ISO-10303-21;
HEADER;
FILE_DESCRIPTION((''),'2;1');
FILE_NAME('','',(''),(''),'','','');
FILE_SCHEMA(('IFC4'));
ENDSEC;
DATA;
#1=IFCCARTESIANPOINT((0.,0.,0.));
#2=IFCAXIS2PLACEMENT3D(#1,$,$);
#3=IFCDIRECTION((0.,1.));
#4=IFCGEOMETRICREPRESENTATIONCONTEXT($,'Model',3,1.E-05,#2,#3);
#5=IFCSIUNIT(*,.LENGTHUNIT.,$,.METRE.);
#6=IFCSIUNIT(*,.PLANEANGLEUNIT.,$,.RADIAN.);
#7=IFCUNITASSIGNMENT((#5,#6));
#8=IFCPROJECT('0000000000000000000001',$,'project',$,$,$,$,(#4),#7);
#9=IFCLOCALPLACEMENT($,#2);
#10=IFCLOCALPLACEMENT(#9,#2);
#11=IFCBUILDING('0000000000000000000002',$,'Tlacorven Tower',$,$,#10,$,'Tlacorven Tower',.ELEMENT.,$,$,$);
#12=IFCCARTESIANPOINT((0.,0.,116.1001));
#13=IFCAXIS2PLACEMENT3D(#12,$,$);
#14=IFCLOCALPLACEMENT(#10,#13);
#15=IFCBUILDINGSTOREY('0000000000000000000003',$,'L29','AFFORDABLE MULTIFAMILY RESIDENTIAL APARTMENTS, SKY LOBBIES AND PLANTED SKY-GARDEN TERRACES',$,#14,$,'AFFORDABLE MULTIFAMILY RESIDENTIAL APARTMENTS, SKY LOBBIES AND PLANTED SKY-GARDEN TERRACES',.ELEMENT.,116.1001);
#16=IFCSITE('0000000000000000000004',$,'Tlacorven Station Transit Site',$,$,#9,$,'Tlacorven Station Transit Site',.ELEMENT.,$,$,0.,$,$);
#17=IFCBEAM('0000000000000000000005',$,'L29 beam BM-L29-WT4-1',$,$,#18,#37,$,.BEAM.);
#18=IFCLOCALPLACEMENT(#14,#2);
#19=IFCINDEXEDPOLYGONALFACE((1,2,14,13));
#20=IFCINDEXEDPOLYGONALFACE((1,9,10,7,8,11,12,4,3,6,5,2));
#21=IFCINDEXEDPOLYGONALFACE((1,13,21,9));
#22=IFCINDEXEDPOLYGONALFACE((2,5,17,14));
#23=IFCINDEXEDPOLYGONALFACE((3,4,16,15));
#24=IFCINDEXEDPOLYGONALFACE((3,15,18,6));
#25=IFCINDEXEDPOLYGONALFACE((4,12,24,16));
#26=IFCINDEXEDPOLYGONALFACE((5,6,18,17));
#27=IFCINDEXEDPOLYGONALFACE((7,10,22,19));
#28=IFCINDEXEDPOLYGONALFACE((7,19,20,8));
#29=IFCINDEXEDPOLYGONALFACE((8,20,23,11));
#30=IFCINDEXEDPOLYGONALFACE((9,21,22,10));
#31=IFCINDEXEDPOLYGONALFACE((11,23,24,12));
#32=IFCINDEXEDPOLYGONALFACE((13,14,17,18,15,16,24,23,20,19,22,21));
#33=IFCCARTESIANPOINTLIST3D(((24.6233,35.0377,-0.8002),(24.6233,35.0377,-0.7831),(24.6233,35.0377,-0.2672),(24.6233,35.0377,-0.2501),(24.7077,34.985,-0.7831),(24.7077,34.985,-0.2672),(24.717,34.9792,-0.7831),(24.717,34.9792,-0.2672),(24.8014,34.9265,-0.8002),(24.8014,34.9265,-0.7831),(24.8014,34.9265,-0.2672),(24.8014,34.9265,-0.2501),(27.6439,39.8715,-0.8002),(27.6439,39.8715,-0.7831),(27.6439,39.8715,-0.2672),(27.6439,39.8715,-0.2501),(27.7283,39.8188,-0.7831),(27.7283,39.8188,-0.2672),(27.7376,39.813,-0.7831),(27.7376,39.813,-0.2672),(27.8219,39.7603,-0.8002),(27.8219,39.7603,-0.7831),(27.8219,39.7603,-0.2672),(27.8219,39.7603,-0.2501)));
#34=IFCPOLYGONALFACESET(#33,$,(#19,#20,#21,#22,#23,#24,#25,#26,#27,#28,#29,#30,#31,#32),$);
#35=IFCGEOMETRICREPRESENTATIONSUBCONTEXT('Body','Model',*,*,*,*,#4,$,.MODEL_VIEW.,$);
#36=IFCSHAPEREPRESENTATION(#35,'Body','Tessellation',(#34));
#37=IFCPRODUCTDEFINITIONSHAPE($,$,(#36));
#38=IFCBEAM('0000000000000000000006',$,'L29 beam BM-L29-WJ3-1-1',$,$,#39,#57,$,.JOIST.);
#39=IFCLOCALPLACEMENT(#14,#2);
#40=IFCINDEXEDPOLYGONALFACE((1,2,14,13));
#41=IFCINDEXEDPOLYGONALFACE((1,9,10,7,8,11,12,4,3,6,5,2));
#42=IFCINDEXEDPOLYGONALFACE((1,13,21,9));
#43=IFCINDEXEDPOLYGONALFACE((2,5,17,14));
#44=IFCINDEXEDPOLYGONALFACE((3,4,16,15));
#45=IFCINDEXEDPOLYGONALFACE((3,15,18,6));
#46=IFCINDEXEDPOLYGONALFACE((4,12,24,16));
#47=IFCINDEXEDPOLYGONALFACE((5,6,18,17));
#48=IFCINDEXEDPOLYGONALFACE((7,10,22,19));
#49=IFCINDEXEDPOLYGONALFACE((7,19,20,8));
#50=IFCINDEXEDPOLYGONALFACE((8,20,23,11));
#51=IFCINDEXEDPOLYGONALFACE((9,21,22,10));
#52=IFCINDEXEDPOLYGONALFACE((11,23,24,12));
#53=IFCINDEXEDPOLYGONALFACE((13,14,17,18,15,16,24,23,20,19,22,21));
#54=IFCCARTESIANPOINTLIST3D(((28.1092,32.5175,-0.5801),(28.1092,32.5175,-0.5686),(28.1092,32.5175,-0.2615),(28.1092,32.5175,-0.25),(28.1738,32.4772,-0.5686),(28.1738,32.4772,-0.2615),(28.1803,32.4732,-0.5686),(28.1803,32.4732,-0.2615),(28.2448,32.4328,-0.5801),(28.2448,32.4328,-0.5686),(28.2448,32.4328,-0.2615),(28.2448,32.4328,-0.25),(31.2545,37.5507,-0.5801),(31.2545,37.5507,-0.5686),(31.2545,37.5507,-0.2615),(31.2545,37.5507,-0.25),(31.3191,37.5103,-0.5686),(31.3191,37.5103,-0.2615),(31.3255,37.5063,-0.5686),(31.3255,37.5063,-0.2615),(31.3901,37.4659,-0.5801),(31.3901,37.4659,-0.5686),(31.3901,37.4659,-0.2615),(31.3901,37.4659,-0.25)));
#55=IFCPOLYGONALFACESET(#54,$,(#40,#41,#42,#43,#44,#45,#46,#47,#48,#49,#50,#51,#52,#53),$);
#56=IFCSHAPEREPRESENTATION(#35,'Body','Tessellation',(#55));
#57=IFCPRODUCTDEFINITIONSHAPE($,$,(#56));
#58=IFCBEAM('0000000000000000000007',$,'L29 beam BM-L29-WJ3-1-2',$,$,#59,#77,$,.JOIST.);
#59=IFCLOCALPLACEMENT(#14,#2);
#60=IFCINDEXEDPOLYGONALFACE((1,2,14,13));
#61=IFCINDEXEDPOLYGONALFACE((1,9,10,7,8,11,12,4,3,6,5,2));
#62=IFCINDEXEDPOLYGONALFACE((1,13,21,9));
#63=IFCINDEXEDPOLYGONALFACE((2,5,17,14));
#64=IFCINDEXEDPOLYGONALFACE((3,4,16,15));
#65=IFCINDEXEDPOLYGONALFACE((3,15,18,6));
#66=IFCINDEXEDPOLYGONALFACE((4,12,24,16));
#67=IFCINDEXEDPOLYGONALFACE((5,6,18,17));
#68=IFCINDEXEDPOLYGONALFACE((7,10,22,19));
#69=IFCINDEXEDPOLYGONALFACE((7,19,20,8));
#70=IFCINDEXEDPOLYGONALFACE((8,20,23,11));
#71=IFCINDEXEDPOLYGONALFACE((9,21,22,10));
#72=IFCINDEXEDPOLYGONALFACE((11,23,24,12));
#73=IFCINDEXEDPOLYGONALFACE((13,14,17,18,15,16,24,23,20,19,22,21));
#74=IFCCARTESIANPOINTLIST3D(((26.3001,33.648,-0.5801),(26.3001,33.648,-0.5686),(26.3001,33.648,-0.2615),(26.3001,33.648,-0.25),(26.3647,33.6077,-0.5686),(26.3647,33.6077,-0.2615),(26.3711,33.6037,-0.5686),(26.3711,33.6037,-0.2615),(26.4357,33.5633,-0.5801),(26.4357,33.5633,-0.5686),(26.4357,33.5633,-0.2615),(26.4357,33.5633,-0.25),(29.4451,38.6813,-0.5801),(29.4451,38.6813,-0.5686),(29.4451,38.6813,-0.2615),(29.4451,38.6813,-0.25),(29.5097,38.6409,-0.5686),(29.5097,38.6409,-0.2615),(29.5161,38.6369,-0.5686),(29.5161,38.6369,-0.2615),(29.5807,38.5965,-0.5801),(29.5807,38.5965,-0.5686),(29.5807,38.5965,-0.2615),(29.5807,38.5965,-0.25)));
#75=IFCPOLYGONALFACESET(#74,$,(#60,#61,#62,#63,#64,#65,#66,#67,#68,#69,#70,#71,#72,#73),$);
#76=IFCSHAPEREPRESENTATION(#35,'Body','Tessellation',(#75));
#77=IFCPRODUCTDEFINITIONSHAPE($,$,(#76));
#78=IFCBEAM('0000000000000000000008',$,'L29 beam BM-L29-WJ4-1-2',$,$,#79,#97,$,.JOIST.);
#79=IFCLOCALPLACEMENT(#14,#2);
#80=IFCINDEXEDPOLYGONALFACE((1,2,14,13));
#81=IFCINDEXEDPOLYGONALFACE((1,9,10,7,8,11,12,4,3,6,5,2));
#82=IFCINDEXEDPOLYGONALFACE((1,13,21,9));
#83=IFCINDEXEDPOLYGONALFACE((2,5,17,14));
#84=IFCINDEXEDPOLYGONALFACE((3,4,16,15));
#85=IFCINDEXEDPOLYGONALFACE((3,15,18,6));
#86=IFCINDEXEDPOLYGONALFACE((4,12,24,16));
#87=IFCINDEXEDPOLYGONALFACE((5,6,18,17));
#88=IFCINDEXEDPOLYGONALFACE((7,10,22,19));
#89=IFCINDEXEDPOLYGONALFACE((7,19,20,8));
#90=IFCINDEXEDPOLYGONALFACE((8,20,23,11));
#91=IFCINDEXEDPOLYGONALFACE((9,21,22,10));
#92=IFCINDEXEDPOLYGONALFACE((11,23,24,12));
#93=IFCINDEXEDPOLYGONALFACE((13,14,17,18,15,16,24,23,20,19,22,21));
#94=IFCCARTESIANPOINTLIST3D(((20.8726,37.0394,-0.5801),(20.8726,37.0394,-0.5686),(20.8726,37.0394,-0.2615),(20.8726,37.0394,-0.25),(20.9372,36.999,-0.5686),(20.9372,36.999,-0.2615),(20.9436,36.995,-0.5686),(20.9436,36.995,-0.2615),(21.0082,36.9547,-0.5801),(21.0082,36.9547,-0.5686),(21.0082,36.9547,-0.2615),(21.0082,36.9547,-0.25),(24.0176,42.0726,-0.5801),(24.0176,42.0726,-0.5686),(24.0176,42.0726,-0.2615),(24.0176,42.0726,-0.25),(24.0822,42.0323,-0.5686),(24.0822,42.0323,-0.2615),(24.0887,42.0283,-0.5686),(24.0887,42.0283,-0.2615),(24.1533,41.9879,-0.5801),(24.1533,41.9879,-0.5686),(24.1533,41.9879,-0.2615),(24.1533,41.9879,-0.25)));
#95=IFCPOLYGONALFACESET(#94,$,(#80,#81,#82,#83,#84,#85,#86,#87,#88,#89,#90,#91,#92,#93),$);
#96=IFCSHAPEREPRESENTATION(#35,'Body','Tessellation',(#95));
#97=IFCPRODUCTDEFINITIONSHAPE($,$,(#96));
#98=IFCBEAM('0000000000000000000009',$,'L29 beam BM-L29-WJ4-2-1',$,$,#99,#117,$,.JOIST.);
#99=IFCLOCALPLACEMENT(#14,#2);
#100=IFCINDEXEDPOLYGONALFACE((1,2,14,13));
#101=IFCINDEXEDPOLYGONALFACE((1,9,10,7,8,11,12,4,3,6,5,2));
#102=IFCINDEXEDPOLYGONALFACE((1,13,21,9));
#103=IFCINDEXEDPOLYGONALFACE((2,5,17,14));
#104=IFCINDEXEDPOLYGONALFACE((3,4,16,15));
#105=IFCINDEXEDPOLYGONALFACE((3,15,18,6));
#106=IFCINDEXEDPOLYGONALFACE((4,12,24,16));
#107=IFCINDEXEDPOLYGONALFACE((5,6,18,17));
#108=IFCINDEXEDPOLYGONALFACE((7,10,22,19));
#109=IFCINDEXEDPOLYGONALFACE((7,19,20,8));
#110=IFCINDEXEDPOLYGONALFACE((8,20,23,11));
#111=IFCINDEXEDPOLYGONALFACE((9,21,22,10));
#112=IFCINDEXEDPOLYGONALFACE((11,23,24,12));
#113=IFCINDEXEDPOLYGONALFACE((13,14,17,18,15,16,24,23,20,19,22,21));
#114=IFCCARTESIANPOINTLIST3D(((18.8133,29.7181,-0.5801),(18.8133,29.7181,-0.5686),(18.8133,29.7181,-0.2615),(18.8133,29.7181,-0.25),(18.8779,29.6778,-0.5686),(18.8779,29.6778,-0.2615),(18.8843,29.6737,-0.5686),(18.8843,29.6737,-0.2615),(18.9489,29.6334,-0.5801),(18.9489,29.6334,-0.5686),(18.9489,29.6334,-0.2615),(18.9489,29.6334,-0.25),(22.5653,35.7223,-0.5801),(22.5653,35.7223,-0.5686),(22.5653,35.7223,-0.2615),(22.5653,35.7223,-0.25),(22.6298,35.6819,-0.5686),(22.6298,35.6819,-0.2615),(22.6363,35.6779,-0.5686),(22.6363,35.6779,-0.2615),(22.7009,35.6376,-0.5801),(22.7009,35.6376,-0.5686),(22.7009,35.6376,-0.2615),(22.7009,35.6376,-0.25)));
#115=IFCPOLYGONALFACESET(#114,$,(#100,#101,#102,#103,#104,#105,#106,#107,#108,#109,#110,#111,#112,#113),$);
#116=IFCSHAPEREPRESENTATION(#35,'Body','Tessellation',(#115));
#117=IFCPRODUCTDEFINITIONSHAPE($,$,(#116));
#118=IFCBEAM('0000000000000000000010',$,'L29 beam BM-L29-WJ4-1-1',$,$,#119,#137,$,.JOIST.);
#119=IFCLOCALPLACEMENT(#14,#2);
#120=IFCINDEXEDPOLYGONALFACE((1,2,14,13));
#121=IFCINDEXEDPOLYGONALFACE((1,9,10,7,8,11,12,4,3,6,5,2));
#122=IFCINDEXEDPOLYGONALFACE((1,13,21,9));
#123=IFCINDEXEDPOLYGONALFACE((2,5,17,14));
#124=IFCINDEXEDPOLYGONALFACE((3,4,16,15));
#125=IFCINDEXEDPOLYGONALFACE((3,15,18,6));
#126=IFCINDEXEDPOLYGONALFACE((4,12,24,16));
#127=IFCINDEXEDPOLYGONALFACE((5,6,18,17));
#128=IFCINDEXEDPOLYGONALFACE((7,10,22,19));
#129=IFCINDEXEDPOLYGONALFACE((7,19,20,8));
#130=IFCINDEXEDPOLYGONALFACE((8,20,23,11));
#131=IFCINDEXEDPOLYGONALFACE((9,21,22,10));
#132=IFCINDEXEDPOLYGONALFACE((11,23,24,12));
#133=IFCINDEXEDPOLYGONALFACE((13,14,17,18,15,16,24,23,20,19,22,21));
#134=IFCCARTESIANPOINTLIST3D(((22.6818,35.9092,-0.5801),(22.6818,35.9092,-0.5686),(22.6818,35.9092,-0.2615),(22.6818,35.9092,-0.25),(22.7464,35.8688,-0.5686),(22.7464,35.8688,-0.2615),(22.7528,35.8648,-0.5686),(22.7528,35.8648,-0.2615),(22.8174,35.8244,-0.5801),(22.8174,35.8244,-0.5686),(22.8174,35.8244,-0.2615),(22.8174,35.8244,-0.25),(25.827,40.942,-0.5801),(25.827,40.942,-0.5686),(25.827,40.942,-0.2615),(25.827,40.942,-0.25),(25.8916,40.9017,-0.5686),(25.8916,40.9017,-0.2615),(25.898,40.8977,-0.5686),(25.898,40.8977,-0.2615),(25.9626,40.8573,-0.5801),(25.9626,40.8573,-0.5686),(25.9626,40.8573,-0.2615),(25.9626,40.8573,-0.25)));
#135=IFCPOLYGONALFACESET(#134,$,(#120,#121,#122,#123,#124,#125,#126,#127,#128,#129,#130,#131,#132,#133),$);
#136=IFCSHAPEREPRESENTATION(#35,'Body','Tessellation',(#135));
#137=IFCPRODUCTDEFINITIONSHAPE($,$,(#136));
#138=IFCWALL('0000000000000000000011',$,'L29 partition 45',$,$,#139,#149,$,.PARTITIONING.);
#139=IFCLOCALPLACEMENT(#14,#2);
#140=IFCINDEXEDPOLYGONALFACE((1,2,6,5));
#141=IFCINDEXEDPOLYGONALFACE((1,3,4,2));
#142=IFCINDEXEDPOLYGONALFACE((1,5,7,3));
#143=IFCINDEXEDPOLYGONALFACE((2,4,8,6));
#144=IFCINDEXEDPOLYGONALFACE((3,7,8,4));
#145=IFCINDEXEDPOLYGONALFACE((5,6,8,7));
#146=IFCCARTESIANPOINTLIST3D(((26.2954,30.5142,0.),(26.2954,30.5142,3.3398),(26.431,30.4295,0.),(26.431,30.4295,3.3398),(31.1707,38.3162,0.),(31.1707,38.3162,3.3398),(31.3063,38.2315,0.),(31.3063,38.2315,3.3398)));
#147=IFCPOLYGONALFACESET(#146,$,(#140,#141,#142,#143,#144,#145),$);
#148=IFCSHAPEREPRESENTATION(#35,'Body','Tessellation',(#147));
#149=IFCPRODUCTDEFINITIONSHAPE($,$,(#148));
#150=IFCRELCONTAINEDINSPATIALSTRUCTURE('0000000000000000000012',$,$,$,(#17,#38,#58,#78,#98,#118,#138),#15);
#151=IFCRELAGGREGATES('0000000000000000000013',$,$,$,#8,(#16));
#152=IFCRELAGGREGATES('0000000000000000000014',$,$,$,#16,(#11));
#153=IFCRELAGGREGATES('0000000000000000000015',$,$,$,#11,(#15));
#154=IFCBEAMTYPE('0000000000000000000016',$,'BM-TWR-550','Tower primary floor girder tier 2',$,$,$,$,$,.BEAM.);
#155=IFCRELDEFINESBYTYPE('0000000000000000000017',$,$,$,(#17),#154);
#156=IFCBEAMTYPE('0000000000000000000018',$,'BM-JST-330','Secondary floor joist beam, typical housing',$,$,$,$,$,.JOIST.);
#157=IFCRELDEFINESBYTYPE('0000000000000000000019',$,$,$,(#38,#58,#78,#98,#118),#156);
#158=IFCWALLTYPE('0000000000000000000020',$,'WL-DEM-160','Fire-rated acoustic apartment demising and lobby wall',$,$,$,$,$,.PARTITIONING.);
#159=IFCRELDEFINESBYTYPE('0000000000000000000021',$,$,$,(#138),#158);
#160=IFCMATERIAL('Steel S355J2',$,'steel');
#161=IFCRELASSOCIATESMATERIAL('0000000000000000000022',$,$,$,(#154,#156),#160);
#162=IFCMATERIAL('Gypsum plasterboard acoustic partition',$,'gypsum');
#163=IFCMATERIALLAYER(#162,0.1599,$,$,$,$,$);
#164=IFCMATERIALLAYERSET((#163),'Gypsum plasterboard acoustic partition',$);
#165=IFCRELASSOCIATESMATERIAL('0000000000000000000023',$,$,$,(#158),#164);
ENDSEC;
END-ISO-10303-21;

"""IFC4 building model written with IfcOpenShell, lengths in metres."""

from ifc_helpers import new_model, si_unit, direction, frame, frame_2d, origin, origin_2d, place, context, subcontext, project, spatial, rectangle, i_section, extrude, source, transform, mapped, material, layer, layer_set, material_profile, profile_set, type_object, element, save


model = new_model("IFC4")

# Units and contexts
model_context = context("Model", 3, precision=1e-05, world=origin(), true_north=direction((0.0, 1.0)))
body_context = subcontext(model_context, "Body", "Model", "MODEL_VIEW")
ifc_project = project(units=[si_unit("LENGTHUNIT", "METRE"), si_unit("PLANEANGLEUNIT", "RADIAN")], contexts=[model_context])

# Site, building, storey
site_placement = place(None, origin())
site = spatial("IfcSite", under=ifc_project, at=site_placement, Name="Tlacorven Station Transit Site", LongName="Tlacorven Station Transit Site", CompositionType="ELEMENT", RefElevation=0.0)
building_placement = place(site_placement, origin())
building = spatial("IfcBuilding", under=site, at=building_placement, Name="Tlacorven Tower", LongName="Tlacorven Tower", CompositionType="ELEMENT")
storey_placement = place(building_placement, frame((0.0, 0.0, 116.1001)))
storey = spatial("IfcBuildingStorey", under=building, at=storey_placement, Name="L29", Description="AFFORDABLE MULTIFAMILY RESIDENTIAL APARTMENTS, SKY LOBBIES AND PLANTED SKY-GARDEN TERRACES", LongName="AFFORDABLE MULTIFAMILY RESIDENTIAL APARTMENTS, SKY LOBBIES AND PLANTED SKY-GARDEN TERRACES", CompositionType="ELEMENT", Elevation=116.1001)

# Beams
ifc_material_1 = material(Name="Steel S355J2", Category="steel")
ifc_material_profile_1 = material_profile(ifc_material_1, i_section(OverallWidth=0.21, OverallDepth=0.55, WebThickness=0.011, FlangeThickness=0.0171, at=origin_2d()), Name="IPE 550")
ifc_profile_set_1 = profile_set([ifc_material_profile_1], Name="Steel S355J2")
beam_type_1 = type_object("IfcBeamType", Name="BM-TWR-550", Description="Tower primary floor girder tier 2", PredefinedType="BEAM", material=ifc_profile_set_1)
shared_shape_1 = source(origin(), body_context, "Body", "SweptSolid", [
    extrude(i_section(OverallWidth=0.21, OverallDepth=0.55, WebThickness=0.011, FlangeThickness=0.0171, at=origin_2d()), origin(), (0.0, 0.0, 1.0), 5.7),
])
beam_1_placement = place(storey_placement, frame((27.7329, 39.8159, -0.5251), z_axis=(-0.529926, -0.848044, 0.0), x_axis=(0.848044, -0.529926, 0.0)))
element("IfcBeam", 1, at=beam_1_placement, inside=storey, type_object=beam_type_1, Name="L29 beam BM-L29-WT4-1", PredefinedType="BEAM", context=body_context, shape_type="MappedRepresentation", body=[
    mapped(shared_shape_1, transform((0.0, 0.0, 0.0), scale=1.0)),
])
ifc_material_profile_2 = material_profile(ifc_material_1, i_section(OverallWidth=0.1599, OverallDepth=0.3301, WebThickness=0.0076, FlangeThickness=0.0115, at=origin_2d()), Name="IPE 330")
ifc_profile_set_2 = profile_set([ifc_material_profile_2], Name="Steel S355J2")
beam_type_2 = type_object("IfcBeamType", Name="BM-JST-330", Description="Secondary floor joist beam, typical housing", PredefinedType="JOIST", material=ifc_profile_set_2)
shared_shape_2 = source(origin(), body_context, "Body", "SweptSolid", [
    extrude(i_section(OverallWidth=0.1599, OverallDepth=0.3301, WebThickness=0.0076, FlangeThickness=0.0115, at=origin_2d()), origin(), (0.0, 0.0, 1.0), 5.9351),
])
for number, where, z_axis, x_axis, name in (
    (2, (31.3223, 37.5083, -0.415), (-0.52994, -0.848035, 0.0), (0.848035, -0.52994, 0.0), "L29 beam BM-L29-WJ3-1-1"),
    (3, (29.5129, 38.6389, -0.415), (-0.52991, -0.848054, 0.0), (0.848054, -0.52991, 0.0), "L29 beam BM-L29-WJ3-1-2"),
    (4, (24.0854, 42.0303, -0.415), (-0.52991, -0.848054, 0.0), (0.848054, -0.52991, 0.0), "L29 beam BM-L29-WJ4-1-2"),
):
    element("IfcBeam", number, at=place(storey_placement, frame(where, z_axis=z_axis, x_axis=x_axis)), inside=storey, type_object=beam_type_2, Name=name, PredefinedType="JOIST", context=body_context, shape_type="MappedRepresentation", body=[
        mapped(shared_shape_2, transform((0.0, 0.0, 0.0), scale=1.0)),
    ])
shared_shape_3 = source(origin(), body_context, "Body", "SweptSolid", [
    extrude(i_section(OverallWidth=0.1599, OverallDepth=0.3301, WebThickness=0.0076, FlangeThickness=0.0115, at=origin_2d()), origin(), (0.0, 0.0, 1.0), 7.0801),
])
beam_2_placement = place(storey_placement, frame((22.6331, 35.6799, -0.415), z_axis=(-0.529934, -0.848039, 0.0), x_axis=(0.848039, -0.529934, 0.0)))
element("IfcBeam", 5, at=beam_2_placement, inside=storey, type_object=beam_type_2, Name="L29 beam BM-L29-WJ4-2-1", PredefinedType="JOIST", context=body_context, shape_type="MappedRepresentation", body=[
    mapped(shared_shape_3, transform((0.0, 0.0, 0.0), scale=1.0)),
])
shared_shape_4 = source(origin(), body_context, "Body", "SweptSolid", [
    extrude(i_section(OverallWidth=0.1599, OverallDepth=0.3301, WebThickness=0.0076, FlangeThickness=0.0115, at=origin_2d()), origin(), (0.0, 0.0, 1.0), 5.9348),
])
beam_3_placement = place(storey_placement, frame((25.8948, 40.8997, -0.415), z_axis=(-0.529958, -0.848024, 0.0), x_axis=(0.848024, -0.529958, 0.0)))
element("IfcBeam", 6, at=beam_3_placement, inside=storey, type_object=beam_type_2, Name="L29 beam BM-L29-WJ4-1-1", PredefinedType="JOIST", context=body_context, shape_type="MappedRepresentation", body=[
    mapped(shared_shape_4, transform((0.0, 0.0, 0.0), scale=1.0)),
])

# Wall
ifc_material_2 = material(Name="Gypsum plasterboard acoustic partition", Category="gypsum")
ifc_layer_1 = layer(ifc_material_2, 0.1599)
ifc_layer_set_1 = layer_set([ifc_layer_1], Name="Gypsum plasterboard acoustic partition")
wall_type_1 = type_object("IfcWallType", Name="WL-DEM-160", Description="Fire-rated acoustic apartment demising and lobby wall", PredefinedType="PARTITIONING", material=ifc_layer_set_1)
wall_1_placement = place(storey_placement, frame((31.2385, 38.2739, 0.0), z_axis=(0.0, 0.0, 1.0), x_axis=(-0.52992, -0.848047, 0.0)))
element("IfcWall", 7, at=wall_1_placement, inside=storey, type_object=wall_type_1, Name="L29 partition 45", PredefinedType="PARTITIONING", context=body_context, shape_type="SweptSolid", body=[
    extrude(rectangle(XDim=9.2, YDim=0.1599, at=frame_2d((4.6001, 0.0))), origin(), (0.0, 0.0, 1.0), 3.3398),
])

save(model, "model.ifc")
